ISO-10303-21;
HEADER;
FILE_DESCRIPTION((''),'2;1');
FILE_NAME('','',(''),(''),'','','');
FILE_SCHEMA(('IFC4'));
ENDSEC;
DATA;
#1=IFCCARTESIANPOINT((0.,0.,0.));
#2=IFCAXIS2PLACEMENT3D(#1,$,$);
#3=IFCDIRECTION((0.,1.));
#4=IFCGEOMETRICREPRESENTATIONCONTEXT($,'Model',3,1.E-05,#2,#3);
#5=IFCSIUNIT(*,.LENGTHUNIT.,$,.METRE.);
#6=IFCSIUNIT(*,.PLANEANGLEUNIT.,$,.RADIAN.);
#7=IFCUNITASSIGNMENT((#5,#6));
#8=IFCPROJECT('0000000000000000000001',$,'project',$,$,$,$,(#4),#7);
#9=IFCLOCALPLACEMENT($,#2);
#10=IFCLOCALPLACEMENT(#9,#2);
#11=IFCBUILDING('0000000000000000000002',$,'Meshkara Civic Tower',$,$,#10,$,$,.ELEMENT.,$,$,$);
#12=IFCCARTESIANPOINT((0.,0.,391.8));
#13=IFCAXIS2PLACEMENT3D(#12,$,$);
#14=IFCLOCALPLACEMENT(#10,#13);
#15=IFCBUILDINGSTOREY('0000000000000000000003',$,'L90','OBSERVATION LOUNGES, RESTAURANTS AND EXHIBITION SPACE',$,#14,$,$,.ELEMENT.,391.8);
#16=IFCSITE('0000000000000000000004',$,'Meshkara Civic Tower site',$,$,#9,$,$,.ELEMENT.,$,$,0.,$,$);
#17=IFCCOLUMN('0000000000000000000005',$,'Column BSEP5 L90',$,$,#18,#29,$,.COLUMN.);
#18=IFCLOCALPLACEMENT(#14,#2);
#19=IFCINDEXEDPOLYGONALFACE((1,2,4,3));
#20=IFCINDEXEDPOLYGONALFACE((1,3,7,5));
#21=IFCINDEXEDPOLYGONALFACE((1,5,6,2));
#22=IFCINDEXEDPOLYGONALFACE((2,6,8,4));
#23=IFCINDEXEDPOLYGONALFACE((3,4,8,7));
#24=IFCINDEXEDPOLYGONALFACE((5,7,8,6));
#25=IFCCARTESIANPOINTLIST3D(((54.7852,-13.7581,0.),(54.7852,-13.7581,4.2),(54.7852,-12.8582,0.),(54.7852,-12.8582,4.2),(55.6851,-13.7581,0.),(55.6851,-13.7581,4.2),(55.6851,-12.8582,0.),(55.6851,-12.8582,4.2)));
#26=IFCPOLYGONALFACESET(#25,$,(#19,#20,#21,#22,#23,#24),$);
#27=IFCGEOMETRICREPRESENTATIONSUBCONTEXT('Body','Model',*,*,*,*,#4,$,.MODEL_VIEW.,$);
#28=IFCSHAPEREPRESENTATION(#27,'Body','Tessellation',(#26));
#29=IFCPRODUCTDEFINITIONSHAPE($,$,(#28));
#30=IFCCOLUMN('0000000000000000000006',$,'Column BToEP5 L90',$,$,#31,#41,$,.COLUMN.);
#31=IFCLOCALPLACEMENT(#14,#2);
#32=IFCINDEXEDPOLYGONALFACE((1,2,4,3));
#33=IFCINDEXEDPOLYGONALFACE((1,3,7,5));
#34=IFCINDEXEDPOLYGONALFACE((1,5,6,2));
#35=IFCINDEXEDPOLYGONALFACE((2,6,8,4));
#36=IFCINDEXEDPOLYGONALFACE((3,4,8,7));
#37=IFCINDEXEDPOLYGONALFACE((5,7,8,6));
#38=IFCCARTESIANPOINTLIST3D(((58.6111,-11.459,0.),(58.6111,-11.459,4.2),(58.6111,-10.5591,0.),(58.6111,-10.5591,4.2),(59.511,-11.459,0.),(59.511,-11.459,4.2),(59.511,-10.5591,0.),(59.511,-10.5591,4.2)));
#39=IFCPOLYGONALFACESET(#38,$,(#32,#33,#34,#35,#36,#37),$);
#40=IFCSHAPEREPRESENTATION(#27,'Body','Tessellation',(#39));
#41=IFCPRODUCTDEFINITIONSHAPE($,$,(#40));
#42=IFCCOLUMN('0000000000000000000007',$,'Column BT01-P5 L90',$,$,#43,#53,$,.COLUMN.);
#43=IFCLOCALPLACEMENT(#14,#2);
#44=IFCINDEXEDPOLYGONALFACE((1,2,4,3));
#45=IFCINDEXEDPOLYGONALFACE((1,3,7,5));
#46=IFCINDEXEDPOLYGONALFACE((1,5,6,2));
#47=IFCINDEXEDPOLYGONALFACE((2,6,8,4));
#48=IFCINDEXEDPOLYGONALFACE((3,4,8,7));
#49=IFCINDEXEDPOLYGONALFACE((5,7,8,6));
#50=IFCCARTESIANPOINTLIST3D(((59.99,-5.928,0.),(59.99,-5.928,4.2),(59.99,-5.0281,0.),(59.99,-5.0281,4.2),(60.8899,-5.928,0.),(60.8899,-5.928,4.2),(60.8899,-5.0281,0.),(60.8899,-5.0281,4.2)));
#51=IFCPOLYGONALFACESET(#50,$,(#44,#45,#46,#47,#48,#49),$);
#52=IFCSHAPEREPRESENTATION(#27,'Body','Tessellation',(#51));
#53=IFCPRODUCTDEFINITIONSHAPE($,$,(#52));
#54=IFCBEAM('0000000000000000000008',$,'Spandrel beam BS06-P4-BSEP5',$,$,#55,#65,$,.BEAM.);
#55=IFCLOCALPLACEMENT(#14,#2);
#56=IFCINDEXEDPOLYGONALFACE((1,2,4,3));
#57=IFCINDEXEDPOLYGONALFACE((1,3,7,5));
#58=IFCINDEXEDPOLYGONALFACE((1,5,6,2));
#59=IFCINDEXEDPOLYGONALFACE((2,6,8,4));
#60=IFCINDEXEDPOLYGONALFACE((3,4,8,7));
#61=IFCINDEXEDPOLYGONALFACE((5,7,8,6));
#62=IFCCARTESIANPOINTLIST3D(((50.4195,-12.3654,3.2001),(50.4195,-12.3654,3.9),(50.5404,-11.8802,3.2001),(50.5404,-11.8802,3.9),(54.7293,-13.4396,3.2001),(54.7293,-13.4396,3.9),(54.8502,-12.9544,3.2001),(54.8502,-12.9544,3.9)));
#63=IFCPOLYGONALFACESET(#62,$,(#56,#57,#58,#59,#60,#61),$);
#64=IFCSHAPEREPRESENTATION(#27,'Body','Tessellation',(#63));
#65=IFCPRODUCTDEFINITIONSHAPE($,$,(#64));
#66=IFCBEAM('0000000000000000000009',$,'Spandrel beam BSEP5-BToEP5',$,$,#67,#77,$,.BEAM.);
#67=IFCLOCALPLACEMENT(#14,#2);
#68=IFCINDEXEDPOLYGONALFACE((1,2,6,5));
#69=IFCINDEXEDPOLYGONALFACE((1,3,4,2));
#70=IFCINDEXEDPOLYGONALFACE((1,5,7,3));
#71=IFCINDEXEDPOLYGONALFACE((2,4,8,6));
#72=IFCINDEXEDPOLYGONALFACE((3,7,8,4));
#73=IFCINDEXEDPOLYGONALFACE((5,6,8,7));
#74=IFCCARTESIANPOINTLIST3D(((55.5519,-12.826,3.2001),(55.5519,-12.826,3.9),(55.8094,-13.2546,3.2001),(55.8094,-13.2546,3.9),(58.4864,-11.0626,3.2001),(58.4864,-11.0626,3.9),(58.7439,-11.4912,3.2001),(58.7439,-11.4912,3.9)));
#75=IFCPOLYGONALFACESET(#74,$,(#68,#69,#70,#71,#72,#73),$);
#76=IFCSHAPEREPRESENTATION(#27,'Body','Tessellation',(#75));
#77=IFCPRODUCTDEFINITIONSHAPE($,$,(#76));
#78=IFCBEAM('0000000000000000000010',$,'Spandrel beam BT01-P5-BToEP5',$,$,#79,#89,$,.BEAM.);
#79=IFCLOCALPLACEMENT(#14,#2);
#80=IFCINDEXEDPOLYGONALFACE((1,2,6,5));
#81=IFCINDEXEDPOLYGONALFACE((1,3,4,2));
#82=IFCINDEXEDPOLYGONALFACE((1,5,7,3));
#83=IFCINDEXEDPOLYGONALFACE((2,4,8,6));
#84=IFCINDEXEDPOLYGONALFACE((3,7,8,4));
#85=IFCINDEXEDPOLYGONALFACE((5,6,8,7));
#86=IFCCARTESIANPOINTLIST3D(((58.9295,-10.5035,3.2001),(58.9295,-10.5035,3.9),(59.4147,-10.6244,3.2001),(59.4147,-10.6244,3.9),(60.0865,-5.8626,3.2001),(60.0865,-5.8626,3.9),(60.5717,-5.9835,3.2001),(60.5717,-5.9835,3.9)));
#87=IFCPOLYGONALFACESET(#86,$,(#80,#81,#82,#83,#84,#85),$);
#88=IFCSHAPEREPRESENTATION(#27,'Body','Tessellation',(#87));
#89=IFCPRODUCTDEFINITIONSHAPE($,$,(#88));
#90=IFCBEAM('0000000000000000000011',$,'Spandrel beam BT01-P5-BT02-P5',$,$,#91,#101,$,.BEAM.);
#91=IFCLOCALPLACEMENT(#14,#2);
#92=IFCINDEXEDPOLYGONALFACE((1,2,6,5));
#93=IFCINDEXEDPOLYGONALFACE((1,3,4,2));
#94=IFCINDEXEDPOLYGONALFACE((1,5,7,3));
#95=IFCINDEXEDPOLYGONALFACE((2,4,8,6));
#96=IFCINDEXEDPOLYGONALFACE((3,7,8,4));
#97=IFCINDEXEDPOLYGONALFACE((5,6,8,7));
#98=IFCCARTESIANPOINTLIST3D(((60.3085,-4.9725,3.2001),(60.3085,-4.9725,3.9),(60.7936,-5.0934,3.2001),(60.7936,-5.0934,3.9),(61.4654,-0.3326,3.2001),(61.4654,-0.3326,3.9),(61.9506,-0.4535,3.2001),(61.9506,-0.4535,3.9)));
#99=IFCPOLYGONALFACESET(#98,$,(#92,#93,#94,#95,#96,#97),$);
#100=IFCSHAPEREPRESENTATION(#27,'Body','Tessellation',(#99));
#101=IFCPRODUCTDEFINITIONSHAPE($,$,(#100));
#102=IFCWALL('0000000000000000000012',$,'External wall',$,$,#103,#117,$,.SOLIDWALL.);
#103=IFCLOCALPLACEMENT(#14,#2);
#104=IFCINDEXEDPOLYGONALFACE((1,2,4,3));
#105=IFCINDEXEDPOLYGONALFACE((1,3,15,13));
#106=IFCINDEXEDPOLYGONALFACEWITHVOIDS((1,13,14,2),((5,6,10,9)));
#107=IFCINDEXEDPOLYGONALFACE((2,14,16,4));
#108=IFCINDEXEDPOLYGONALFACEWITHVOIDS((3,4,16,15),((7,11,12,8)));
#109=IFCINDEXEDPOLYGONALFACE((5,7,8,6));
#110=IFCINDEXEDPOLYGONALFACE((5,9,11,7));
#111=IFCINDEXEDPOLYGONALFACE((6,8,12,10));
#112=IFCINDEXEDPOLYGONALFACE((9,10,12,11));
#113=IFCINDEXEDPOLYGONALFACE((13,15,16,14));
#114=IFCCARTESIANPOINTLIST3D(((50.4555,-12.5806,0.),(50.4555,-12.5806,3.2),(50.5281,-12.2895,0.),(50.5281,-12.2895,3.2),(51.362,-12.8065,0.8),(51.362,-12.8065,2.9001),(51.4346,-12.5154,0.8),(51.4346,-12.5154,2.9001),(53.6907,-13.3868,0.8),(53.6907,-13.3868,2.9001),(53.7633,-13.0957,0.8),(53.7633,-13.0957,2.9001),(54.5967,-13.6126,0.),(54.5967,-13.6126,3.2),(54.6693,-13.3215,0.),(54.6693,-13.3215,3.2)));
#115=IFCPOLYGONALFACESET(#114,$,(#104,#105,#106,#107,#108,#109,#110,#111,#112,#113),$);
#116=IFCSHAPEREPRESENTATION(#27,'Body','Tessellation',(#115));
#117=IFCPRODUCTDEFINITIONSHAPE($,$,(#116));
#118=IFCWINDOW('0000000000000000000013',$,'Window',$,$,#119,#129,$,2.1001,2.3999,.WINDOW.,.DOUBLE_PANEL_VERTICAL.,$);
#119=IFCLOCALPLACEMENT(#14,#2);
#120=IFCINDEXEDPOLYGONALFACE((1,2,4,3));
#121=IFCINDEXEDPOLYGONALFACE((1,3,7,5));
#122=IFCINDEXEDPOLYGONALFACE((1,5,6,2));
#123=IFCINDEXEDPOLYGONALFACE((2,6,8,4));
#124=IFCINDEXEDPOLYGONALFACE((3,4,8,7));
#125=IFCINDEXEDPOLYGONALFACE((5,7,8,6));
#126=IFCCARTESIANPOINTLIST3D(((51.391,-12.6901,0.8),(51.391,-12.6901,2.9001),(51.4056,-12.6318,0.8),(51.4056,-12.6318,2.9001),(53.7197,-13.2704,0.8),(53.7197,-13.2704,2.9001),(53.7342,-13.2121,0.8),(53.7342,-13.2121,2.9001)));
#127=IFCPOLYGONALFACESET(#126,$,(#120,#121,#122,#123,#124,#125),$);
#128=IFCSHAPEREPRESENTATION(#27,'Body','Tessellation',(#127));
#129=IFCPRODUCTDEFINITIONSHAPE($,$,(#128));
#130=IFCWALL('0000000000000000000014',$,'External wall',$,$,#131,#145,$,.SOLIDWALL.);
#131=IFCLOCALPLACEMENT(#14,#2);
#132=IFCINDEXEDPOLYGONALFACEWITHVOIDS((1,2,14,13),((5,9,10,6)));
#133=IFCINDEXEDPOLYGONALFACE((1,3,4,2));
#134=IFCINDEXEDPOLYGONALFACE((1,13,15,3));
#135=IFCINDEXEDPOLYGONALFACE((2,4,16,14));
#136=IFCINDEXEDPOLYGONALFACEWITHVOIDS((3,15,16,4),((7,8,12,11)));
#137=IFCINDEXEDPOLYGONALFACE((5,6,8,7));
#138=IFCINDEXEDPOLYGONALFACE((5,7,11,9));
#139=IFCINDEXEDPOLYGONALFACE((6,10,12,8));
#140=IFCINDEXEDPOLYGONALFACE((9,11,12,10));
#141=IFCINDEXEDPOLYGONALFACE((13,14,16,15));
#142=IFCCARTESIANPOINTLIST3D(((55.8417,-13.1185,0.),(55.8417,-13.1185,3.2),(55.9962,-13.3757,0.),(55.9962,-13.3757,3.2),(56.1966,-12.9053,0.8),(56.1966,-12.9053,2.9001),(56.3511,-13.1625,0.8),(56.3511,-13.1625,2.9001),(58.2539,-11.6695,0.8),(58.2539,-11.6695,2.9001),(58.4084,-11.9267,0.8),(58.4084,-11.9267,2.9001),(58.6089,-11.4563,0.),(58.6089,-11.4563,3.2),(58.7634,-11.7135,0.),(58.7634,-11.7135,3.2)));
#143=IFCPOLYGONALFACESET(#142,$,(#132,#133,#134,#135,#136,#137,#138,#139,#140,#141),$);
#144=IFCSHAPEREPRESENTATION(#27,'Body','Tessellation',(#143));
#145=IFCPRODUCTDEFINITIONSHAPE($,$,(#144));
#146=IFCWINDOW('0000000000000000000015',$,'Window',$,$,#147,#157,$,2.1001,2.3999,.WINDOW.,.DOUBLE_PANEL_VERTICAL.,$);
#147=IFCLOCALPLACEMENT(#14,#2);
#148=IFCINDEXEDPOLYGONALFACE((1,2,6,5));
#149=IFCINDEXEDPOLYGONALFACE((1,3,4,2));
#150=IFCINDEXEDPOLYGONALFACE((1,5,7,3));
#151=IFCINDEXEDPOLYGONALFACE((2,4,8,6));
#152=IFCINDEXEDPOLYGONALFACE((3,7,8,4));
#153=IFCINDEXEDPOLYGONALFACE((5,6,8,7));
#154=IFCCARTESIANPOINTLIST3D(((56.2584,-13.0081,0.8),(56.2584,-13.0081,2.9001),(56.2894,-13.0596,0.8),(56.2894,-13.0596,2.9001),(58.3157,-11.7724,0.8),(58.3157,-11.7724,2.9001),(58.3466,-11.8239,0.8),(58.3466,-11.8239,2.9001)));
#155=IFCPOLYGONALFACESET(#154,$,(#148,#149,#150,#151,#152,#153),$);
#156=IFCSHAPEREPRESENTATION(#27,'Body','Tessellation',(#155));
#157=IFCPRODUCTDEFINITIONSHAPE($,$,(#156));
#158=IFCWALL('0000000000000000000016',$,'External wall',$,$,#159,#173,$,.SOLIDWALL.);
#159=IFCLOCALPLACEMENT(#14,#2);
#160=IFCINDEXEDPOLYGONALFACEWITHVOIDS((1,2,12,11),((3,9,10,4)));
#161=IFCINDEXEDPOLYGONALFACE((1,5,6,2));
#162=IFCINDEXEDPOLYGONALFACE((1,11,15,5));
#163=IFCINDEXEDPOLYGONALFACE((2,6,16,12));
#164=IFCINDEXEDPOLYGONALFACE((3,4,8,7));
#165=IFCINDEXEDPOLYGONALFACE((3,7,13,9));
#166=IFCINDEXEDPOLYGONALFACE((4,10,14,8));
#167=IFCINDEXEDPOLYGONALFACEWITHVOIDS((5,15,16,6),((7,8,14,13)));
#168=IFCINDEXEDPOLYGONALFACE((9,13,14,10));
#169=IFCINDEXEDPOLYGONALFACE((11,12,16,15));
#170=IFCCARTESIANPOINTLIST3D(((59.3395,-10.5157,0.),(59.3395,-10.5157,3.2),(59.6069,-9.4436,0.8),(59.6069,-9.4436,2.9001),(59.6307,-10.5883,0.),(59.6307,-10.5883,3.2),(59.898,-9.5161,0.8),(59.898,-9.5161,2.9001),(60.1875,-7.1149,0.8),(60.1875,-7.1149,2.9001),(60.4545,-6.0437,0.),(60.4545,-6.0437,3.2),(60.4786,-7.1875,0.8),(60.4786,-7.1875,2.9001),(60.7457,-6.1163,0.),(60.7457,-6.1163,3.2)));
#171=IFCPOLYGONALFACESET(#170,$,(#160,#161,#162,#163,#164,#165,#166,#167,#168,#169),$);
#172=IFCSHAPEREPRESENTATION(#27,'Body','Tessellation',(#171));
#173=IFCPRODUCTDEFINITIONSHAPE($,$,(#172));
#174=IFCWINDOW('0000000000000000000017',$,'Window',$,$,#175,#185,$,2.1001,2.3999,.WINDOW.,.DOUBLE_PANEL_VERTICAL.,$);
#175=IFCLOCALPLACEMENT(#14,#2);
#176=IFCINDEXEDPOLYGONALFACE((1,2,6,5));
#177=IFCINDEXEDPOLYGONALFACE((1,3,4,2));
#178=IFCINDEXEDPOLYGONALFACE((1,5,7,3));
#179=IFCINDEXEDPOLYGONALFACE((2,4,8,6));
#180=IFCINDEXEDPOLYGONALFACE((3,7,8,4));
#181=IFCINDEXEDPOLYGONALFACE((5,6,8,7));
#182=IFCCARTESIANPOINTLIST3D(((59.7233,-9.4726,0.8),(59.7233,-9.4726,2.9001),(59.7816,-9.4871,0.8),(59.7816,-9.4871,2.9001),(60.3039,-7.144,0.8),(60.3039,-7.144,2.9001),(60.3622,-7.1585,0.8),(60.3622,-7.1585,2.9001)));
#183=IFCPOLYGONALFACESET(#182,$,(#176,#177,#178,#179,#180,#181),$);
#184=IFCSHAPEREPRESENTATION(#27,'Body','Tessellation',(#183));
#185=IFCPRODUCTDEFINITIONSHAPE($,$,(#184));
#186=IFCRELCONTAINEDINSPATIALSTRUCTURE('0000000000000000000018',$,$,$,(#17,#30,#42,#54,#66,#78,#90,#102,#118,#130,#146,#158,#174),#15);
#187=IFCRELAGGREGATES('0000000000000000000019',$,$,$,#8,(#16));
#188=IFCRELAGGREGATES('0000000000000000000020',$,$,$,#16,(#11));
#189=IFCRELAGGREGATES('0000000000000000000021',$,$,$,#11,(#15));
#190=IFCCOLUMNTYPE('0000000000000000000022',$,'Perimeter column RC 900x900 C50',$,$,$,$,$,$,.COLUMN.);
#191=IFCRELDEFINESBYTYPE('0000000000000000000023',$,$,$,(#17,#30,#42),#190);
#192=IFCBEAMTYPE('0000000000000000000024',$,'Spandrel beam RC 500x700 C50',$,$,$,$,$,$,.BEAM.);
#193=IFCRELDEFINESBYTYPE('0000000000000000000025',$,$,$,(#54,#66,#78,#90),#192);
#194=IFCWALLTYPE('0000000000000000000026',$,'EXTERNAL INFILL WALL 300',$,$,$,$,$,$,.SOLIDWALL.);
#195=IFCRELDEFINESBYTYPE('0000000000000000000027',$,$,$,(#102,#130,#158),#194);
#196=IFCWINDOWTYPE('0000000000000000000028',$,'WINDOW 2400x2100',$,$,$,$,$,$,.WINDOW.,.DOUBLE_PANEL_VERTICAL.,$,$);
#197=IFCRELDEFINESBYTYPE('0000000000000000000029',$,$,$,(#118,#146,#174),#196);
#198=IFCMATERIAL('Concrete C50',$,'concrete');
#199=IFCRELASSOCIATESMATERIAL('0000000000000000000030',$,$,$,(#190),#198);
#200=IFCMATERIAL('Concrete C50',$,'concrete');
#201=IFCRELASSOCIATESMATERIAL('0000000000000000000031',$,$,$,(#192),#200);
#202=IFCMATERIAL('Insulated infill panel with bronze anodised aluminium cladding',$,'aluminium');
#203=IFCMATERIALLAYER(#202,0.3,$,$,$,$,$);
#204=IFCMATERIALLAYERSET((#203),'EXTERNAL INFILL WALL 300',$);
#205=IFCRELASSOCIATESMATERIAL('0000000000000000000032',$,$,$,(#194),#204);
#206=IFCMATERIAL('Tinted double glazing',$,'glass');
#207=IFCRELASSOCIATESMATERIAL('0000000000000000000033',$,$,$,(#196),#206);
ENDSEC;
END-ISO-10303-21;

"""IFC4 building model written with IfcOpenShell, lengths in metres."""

from ifc_helpers import new_model, si_unit, direction, frame, frame_2d, origin, origin_2d, place, context, subcontext, project, spatial, rectangle, extrude, material, layer, layer_set, material_profile, profile_set, type_object, element, fill, save


model = new_model("IFC4")

# Units and contexts
model_context = context("Model", 3, precision=1e-05, world=origin(), true_north=direction((0.0, 1.0)))
body_context = subcontext(model_context, "Body", "Model", "MODEL_VIEW")
ifc_project = project(units=[si_unit("LENGTHUNIT", "METRE"), si_unit("PLANEANGLEUNIT", "RADIAN")], contexts=[model_context])

# Site, building, storey
site_placement = place(None, origin())
site = spatial("IfcSite", under=ifc_project, at=site_placement, Name="Meshkara Civic Tower site", CompositionType="ELEMENT", RefElevation=0.0)
building_placement = place(site_placement, origin())
building = spatial("IfcBuilding", under=site, at=building_placement, Name="Meshkara Civic Tower", CompositionType="ELEMENT")
storey_placement = place(building_placement, frame((0.0, 0.0, 391.8)))
storey = spatial("IfcBuildingStorey", under=building, at=storey_placement, Name="L90", Description="OBSERVATION LOUNGES, RESTAURANTS AND EXHIBITION SPACE", CompositionType="ELEMENT", Elevation=391.8)

# Columns
ifc_material_1 = material(Name="Concrete C50", Category="concrete")
ifc_material_profile_1 = material_profile(ifc_material_1, rectangle(XDim=0.8999, YDim=0.8999, at=origin_2d()))
ifc_profile_set_1 = profile_set([ifc_material_profile_1], Name="Concrete C50")
column_type = type_object("IfcColumnType", Name="Perimeter column RC 900x900 C50", PredefinedType="COLUMN", material=ifc_profile_set_1)
for number, where, z_axis, x_axis, name in (
    (1, (55.2351, -13.3081, 0.0), (0.0, 0.0, 1.0), (1.0, 0.0, 0.0), "Column BSEP5 L90"),
    (2, (59.061, -11.009, 0.0), (0.0, 0.0, 1.0), (1.0, 0.0, 0.0), "Column BToEP5 L90"),
    (3, (60.4399, -5.478, 0.0), (0.0, 0.0, 1.0), (1.0, 0.0, 0.0), "Column BT01-P5 L90"),
):
    element("IfcColumn", number, at=place(storey_placement, frame(where, z_axis=z_axis, x_axis=x_axis)), inside=storey, type_object=column_type, Name=name, PredefinedType="COLUMN", context=body_context, shape_type="SweptSolid", body=[
        extrude(rectangle(XDim=0.8999, YDim=0.8999, at=origin_2d()), origin(), (0.0, 0.0, 1.0), 4.2),
    ])

# Beams
ifc_material_2 = material(Name="Concrete C50", Category="concrete")
ifc_material_profile_2 = material_profile(ifc_material_2, rectangle(XDim=0.5, YDim=0.7, at=origin_2d()))
ifc_profile_set_2 = profile_set([ifc_material_profile_2], Name="Concrete C50")
beam_type = type_object("IfcBeamType", Name="Spandrel beam RC 500x700 C50", PredefinedType="BEAM", material=ifc_profile_set_2)
beam_1_placement = place(storey_placement, frame((50.48, -12.1228, 3.55), z_axis=(0.970314, -0.24185, 0.0), x_axis=(0.24185, 0.970314, 0.0)))
element("IfcBeam", 4, at=beam_1_placement, inside=storey, type_object=beam_type, Name="Spandrel beam BS06-P4-BSEP5", PredefinedType="BEAM", context=body_context, shape_type="SweptSolid", body=[
    extrude(rectangle(XDim=0.5, YDim=0.7, at=origin_2d()), origin(), (0.0, 0.0, 1.0), 4.4417),
])
beam_2_placement = place(storey_placement, frame((55.6807, -13.0403, 3.55), z_axis=(0.857147, 0.515072, 0.0), x_axis=(-0.515072, 0.857147, 0.0)))
element("IfcBeam", 5, at=beam_2_placement, inside=storey, type_object=beam_type, Name="Spandrel beam BSEP5-BToEP5", PredefinedType="BEAM", context=body_context, shape_type="SweptSolid", body=[
    extrude(rectangle(XDim=0.5, YDim=0.7, at=origin_2d()), origin(), (0.0, 0.0, 1.0), 3.4236),
])
beam_3_placement = place(storey_placement, frame((59.1721, -10.564, 3.55), z_axis=(0.241899, 0.970301, 0.0), x_axis=(-0.970301, 0.241899, 0.0)))
element("IfcBeam", 6, at=beam_3_placement, inside=storey, type_object=beam_type, Name="Spandrel beam BT01-P5-BToEP5", PredefinedType="BEAM", context=body_context, shape_type="SweptSolid", body=[
    extrude(rectangle(XDim=0.5, YDim=0.7, at=origin_2d()), origin(), (0.0, 0.0, 1.0), 4.783),
])
beam_4_placement = place(storey_placement, frame((60.551, -5.033, 3.55), z_axis=(0.241947, 0.970289, 0.0), x_axis=(-0.970289, 0.241947, 0.0)))
element("IfcBeam", 7, at=beam_4_placement, inside=storey, type_object=beam_type, Name="Spandrel beam BT01-P5-BT02-P5", PredefinedType="BEAM", context=body_context, shape_type="SweptSolid", body=[
    extrude(rectangle(XDim=0.5, YDim=0.7, at=origin_2d()), origin(), (0.0, 0.0, 1.0), 4.782),
])

# Walls, openings, windows
ifc_material_3 = material(Name="Insulated infill panel with bronze anodised aluminium cladding", Category="aluminium")
ifc_layer_1 = layer(ifc_material_3, 0.3)
ifc_layer_set_1 = layer_set([ifc_layer_1], Name="EXTERNAL INFILL WALL 300")
wall_type_1 = type_object("IfcWallType", Name="EXTERNAL INFILL WALL 300", PredefinedType="SOLIDWALL", material=ifc_layer_set_1)
wall_1_placement = place(storey_placement, frame((50.4919, -12.4351, 0.0), z_axis=(0.0, 0.0, 1.0), x_axis=(0.970324, -0.241809, 0.0)))
wall_1 = element("IfcWall", 8, at=wall_1_placement, inside=storey, type_object=wall_type_1, Name="External wall", PredefinedType="SOLIDWALL", context=body_context, shape_type="SweptSolid", body=[
    extrude(rectangle(XDim=4.2678, YDim=0.3, at=frame_2d((2.1338, 0.0))), origin(), (0.0, 0.0, 1.0), 3.2),
])
opening_1_placement = place(wall_1_placement, frame((0.9341, 0.0, 0.8)))
opening_1 = element("IfcOpeningElement", 9, at=opening_1_placement, cuts=wall_1, PredefinedType="OPENING", context=body_context, shape_type="SweptSolid", body=[
    extrude(rectangle(XDim=2.3999, YDim=2.1001, at=frame_2d((1.2, 1.05))), frame((0.0, 0.1599, 0.0), z_axis=(0.0, -1.0, 0.0), x_axis=(1.0, 0.0, 0.0)), (0.0, 0.0, 1.0), 0.3201),
])
ifc_material_4 = material(Name="Tinted double glazing", Category="glass")
window_type = type_object("IfcWindowType", Name="WINDOW 2400x2100", PartitioningType="DOUBLE_PANEL_VERTICAL", PredefinedType="WINDOW", material=ifc_material_4)
window_1_placement = place(opening_1_placement, origin())
window_1 = element("IfcWindow", 10, at=window_1_placement, inside=storey, type_object=window_type, Name="Window", OverallHeight=2.1001, OverallWidth=2.3999, PartitioningType="DOUBLE_PANEL_VERTICAL", PredefinedType="WINDOW", context=body_context, shape_type="SweptSolid", body=[
    extrude(rectangle(XDim=2.3999, YDim=2.1001, at=frame_2d((1.2, 1.05))), frame((0.0, 0.03, 0.0), z_axis=(0.0, -1.0, 0.0), x_axis=(1.0, 0.0, 0.0)), (0.0, 0.0, 1.0), 0.0601),
])
fill(opening_1, window_1)
wall_2_placement = place(storey_placement, frame((55.9189, -13.2471, 0.0), z_axis=(0.0, 0.0, 1.0), x_axis=(0.857239, 0.514918, 0.0)))
wall_2 = element("IfcWall", 11, at=wall_2_placement, inside=storey, type_object=wall_type_1, Name="External wall", PredefinedType="SOLIDWALL", context=body_context, shape_type="SweptSolid", body=[
    extrude(rectangle(XDim=3.228, YDim=0.3, at=frame_2d((1.614, 0.0))), origin(), (0.0, 0.0, 1.0), 3.2),
])
opening_2_placement = place(wall_2_placement, frame((0.4141, 0.0, 0.8)))
opening_2 = element("IfcOpeningElement", 12, at=opening_2_placement, cuts=wall_2, PredefinedType="OPENING", context=body_context, shape_type="SweptSolid", body=[
    extrude(rectangle(XDim=2.3999, YDim=2.1001, at=frame_2d((1.2, 1.05))), frame((0.0, 0.1599, 0.0), z_axis=(0.0, -1.0, 0.0), x_axis=(1.0, 0.0, 0.0)), (0.0, 0.0, 1.0), 0.3201),
])
window_2_placement = place(opening_2_placement, origin())
window_2 = element("IfcWindow", 13, at=window_2_placement, inside=storey, type_object=window_type, Name="Window", OverallHeight=2.1001, OverallWidth=2.3999, PartitioningType="DOUBLE_PANEL_VERTICAL", PredefinedType="WINDOW", context=body_context, shape_type="SweptSolid", body=[
    extrude(rectangle(XDim=2.3999, YDim=2.1001, at=frame_2d((1.2, 1.05))), frame((0.0, 0.03, 0.0), z_axis=(0.0, -1.0, 0.0), x_axis=(1.0, 0.0, 0.0)), (0.0, 0.0, 1.0), 0.0601),
])
fill(opening_2, window_2)
wall_3_placement = place(storey_placement, frame((59.4851, -10.552, 0.0), z_axis=(0.0, 0.0, 1.0), x_axis=(0.241925, 0.970295, 0.0)))
wall_3 = element("IfcWall", 14, at=wall_3_placement, inside=storey, type_object=wall_type_1, Name="External wall", PredefinedType="SOLIDWALL", context=body_context, shape_type="SweptSolid", body=[
    extrude(rectangle(XDim=4.6089, YDim=0.3, at=frame_2d((2.3044, 0.0))), origin(), (0.0, 0.0, 1.0), 3.2),
])
opening_3_placement = place(wall_3_placement, frame((1.105, 0.0, 0.8)))
opening_3 = element("IfcOpeningElement", 15, at=opening_3_placement, cuts=wall_3, PredefinedType="OPENING", context=body_context, shape_type="SweptSolid", body=[
    extrude(rectangle(XDim=2.3999, YDim=2.1001, at=frame_2d((1.2, 1.05))), frame((0.0, 0.1599, 0.0), z_axis=(0.0, -1.0, 0.0), x_axis=(1.0, 0.0, 0.0)), (0.0, 0.0, 1.0), 0.3201),
])
window_3_placement = place(opening_3_placement, origin())
window_3 = element("IfcWindow", 16, at=window_3_placement, inside=storey, type_object=window_type, Name="Window", OverallHeight=2.1001, OverallWidth=2.3999, PartitioningType="DOUBLE_PANEL_VERTICAL", PredefinedType="WINDOW", context=body_context, shape_type="SweptSolid", body=[
    extrude(rectangle(XDim=2.3999, YDim=2.1001, at=frame_2d((1.2, 1.05))), frame((0.0, 0.03, 0.0), z_axis=(0.0, -1.0, 0.0), x_axis=(1.0, 0.0, 0.0)), (0.0, 0.0, 1.0), 0.0601),
])
fill(opening_3, window_3)

save(model, "model.ifc")
